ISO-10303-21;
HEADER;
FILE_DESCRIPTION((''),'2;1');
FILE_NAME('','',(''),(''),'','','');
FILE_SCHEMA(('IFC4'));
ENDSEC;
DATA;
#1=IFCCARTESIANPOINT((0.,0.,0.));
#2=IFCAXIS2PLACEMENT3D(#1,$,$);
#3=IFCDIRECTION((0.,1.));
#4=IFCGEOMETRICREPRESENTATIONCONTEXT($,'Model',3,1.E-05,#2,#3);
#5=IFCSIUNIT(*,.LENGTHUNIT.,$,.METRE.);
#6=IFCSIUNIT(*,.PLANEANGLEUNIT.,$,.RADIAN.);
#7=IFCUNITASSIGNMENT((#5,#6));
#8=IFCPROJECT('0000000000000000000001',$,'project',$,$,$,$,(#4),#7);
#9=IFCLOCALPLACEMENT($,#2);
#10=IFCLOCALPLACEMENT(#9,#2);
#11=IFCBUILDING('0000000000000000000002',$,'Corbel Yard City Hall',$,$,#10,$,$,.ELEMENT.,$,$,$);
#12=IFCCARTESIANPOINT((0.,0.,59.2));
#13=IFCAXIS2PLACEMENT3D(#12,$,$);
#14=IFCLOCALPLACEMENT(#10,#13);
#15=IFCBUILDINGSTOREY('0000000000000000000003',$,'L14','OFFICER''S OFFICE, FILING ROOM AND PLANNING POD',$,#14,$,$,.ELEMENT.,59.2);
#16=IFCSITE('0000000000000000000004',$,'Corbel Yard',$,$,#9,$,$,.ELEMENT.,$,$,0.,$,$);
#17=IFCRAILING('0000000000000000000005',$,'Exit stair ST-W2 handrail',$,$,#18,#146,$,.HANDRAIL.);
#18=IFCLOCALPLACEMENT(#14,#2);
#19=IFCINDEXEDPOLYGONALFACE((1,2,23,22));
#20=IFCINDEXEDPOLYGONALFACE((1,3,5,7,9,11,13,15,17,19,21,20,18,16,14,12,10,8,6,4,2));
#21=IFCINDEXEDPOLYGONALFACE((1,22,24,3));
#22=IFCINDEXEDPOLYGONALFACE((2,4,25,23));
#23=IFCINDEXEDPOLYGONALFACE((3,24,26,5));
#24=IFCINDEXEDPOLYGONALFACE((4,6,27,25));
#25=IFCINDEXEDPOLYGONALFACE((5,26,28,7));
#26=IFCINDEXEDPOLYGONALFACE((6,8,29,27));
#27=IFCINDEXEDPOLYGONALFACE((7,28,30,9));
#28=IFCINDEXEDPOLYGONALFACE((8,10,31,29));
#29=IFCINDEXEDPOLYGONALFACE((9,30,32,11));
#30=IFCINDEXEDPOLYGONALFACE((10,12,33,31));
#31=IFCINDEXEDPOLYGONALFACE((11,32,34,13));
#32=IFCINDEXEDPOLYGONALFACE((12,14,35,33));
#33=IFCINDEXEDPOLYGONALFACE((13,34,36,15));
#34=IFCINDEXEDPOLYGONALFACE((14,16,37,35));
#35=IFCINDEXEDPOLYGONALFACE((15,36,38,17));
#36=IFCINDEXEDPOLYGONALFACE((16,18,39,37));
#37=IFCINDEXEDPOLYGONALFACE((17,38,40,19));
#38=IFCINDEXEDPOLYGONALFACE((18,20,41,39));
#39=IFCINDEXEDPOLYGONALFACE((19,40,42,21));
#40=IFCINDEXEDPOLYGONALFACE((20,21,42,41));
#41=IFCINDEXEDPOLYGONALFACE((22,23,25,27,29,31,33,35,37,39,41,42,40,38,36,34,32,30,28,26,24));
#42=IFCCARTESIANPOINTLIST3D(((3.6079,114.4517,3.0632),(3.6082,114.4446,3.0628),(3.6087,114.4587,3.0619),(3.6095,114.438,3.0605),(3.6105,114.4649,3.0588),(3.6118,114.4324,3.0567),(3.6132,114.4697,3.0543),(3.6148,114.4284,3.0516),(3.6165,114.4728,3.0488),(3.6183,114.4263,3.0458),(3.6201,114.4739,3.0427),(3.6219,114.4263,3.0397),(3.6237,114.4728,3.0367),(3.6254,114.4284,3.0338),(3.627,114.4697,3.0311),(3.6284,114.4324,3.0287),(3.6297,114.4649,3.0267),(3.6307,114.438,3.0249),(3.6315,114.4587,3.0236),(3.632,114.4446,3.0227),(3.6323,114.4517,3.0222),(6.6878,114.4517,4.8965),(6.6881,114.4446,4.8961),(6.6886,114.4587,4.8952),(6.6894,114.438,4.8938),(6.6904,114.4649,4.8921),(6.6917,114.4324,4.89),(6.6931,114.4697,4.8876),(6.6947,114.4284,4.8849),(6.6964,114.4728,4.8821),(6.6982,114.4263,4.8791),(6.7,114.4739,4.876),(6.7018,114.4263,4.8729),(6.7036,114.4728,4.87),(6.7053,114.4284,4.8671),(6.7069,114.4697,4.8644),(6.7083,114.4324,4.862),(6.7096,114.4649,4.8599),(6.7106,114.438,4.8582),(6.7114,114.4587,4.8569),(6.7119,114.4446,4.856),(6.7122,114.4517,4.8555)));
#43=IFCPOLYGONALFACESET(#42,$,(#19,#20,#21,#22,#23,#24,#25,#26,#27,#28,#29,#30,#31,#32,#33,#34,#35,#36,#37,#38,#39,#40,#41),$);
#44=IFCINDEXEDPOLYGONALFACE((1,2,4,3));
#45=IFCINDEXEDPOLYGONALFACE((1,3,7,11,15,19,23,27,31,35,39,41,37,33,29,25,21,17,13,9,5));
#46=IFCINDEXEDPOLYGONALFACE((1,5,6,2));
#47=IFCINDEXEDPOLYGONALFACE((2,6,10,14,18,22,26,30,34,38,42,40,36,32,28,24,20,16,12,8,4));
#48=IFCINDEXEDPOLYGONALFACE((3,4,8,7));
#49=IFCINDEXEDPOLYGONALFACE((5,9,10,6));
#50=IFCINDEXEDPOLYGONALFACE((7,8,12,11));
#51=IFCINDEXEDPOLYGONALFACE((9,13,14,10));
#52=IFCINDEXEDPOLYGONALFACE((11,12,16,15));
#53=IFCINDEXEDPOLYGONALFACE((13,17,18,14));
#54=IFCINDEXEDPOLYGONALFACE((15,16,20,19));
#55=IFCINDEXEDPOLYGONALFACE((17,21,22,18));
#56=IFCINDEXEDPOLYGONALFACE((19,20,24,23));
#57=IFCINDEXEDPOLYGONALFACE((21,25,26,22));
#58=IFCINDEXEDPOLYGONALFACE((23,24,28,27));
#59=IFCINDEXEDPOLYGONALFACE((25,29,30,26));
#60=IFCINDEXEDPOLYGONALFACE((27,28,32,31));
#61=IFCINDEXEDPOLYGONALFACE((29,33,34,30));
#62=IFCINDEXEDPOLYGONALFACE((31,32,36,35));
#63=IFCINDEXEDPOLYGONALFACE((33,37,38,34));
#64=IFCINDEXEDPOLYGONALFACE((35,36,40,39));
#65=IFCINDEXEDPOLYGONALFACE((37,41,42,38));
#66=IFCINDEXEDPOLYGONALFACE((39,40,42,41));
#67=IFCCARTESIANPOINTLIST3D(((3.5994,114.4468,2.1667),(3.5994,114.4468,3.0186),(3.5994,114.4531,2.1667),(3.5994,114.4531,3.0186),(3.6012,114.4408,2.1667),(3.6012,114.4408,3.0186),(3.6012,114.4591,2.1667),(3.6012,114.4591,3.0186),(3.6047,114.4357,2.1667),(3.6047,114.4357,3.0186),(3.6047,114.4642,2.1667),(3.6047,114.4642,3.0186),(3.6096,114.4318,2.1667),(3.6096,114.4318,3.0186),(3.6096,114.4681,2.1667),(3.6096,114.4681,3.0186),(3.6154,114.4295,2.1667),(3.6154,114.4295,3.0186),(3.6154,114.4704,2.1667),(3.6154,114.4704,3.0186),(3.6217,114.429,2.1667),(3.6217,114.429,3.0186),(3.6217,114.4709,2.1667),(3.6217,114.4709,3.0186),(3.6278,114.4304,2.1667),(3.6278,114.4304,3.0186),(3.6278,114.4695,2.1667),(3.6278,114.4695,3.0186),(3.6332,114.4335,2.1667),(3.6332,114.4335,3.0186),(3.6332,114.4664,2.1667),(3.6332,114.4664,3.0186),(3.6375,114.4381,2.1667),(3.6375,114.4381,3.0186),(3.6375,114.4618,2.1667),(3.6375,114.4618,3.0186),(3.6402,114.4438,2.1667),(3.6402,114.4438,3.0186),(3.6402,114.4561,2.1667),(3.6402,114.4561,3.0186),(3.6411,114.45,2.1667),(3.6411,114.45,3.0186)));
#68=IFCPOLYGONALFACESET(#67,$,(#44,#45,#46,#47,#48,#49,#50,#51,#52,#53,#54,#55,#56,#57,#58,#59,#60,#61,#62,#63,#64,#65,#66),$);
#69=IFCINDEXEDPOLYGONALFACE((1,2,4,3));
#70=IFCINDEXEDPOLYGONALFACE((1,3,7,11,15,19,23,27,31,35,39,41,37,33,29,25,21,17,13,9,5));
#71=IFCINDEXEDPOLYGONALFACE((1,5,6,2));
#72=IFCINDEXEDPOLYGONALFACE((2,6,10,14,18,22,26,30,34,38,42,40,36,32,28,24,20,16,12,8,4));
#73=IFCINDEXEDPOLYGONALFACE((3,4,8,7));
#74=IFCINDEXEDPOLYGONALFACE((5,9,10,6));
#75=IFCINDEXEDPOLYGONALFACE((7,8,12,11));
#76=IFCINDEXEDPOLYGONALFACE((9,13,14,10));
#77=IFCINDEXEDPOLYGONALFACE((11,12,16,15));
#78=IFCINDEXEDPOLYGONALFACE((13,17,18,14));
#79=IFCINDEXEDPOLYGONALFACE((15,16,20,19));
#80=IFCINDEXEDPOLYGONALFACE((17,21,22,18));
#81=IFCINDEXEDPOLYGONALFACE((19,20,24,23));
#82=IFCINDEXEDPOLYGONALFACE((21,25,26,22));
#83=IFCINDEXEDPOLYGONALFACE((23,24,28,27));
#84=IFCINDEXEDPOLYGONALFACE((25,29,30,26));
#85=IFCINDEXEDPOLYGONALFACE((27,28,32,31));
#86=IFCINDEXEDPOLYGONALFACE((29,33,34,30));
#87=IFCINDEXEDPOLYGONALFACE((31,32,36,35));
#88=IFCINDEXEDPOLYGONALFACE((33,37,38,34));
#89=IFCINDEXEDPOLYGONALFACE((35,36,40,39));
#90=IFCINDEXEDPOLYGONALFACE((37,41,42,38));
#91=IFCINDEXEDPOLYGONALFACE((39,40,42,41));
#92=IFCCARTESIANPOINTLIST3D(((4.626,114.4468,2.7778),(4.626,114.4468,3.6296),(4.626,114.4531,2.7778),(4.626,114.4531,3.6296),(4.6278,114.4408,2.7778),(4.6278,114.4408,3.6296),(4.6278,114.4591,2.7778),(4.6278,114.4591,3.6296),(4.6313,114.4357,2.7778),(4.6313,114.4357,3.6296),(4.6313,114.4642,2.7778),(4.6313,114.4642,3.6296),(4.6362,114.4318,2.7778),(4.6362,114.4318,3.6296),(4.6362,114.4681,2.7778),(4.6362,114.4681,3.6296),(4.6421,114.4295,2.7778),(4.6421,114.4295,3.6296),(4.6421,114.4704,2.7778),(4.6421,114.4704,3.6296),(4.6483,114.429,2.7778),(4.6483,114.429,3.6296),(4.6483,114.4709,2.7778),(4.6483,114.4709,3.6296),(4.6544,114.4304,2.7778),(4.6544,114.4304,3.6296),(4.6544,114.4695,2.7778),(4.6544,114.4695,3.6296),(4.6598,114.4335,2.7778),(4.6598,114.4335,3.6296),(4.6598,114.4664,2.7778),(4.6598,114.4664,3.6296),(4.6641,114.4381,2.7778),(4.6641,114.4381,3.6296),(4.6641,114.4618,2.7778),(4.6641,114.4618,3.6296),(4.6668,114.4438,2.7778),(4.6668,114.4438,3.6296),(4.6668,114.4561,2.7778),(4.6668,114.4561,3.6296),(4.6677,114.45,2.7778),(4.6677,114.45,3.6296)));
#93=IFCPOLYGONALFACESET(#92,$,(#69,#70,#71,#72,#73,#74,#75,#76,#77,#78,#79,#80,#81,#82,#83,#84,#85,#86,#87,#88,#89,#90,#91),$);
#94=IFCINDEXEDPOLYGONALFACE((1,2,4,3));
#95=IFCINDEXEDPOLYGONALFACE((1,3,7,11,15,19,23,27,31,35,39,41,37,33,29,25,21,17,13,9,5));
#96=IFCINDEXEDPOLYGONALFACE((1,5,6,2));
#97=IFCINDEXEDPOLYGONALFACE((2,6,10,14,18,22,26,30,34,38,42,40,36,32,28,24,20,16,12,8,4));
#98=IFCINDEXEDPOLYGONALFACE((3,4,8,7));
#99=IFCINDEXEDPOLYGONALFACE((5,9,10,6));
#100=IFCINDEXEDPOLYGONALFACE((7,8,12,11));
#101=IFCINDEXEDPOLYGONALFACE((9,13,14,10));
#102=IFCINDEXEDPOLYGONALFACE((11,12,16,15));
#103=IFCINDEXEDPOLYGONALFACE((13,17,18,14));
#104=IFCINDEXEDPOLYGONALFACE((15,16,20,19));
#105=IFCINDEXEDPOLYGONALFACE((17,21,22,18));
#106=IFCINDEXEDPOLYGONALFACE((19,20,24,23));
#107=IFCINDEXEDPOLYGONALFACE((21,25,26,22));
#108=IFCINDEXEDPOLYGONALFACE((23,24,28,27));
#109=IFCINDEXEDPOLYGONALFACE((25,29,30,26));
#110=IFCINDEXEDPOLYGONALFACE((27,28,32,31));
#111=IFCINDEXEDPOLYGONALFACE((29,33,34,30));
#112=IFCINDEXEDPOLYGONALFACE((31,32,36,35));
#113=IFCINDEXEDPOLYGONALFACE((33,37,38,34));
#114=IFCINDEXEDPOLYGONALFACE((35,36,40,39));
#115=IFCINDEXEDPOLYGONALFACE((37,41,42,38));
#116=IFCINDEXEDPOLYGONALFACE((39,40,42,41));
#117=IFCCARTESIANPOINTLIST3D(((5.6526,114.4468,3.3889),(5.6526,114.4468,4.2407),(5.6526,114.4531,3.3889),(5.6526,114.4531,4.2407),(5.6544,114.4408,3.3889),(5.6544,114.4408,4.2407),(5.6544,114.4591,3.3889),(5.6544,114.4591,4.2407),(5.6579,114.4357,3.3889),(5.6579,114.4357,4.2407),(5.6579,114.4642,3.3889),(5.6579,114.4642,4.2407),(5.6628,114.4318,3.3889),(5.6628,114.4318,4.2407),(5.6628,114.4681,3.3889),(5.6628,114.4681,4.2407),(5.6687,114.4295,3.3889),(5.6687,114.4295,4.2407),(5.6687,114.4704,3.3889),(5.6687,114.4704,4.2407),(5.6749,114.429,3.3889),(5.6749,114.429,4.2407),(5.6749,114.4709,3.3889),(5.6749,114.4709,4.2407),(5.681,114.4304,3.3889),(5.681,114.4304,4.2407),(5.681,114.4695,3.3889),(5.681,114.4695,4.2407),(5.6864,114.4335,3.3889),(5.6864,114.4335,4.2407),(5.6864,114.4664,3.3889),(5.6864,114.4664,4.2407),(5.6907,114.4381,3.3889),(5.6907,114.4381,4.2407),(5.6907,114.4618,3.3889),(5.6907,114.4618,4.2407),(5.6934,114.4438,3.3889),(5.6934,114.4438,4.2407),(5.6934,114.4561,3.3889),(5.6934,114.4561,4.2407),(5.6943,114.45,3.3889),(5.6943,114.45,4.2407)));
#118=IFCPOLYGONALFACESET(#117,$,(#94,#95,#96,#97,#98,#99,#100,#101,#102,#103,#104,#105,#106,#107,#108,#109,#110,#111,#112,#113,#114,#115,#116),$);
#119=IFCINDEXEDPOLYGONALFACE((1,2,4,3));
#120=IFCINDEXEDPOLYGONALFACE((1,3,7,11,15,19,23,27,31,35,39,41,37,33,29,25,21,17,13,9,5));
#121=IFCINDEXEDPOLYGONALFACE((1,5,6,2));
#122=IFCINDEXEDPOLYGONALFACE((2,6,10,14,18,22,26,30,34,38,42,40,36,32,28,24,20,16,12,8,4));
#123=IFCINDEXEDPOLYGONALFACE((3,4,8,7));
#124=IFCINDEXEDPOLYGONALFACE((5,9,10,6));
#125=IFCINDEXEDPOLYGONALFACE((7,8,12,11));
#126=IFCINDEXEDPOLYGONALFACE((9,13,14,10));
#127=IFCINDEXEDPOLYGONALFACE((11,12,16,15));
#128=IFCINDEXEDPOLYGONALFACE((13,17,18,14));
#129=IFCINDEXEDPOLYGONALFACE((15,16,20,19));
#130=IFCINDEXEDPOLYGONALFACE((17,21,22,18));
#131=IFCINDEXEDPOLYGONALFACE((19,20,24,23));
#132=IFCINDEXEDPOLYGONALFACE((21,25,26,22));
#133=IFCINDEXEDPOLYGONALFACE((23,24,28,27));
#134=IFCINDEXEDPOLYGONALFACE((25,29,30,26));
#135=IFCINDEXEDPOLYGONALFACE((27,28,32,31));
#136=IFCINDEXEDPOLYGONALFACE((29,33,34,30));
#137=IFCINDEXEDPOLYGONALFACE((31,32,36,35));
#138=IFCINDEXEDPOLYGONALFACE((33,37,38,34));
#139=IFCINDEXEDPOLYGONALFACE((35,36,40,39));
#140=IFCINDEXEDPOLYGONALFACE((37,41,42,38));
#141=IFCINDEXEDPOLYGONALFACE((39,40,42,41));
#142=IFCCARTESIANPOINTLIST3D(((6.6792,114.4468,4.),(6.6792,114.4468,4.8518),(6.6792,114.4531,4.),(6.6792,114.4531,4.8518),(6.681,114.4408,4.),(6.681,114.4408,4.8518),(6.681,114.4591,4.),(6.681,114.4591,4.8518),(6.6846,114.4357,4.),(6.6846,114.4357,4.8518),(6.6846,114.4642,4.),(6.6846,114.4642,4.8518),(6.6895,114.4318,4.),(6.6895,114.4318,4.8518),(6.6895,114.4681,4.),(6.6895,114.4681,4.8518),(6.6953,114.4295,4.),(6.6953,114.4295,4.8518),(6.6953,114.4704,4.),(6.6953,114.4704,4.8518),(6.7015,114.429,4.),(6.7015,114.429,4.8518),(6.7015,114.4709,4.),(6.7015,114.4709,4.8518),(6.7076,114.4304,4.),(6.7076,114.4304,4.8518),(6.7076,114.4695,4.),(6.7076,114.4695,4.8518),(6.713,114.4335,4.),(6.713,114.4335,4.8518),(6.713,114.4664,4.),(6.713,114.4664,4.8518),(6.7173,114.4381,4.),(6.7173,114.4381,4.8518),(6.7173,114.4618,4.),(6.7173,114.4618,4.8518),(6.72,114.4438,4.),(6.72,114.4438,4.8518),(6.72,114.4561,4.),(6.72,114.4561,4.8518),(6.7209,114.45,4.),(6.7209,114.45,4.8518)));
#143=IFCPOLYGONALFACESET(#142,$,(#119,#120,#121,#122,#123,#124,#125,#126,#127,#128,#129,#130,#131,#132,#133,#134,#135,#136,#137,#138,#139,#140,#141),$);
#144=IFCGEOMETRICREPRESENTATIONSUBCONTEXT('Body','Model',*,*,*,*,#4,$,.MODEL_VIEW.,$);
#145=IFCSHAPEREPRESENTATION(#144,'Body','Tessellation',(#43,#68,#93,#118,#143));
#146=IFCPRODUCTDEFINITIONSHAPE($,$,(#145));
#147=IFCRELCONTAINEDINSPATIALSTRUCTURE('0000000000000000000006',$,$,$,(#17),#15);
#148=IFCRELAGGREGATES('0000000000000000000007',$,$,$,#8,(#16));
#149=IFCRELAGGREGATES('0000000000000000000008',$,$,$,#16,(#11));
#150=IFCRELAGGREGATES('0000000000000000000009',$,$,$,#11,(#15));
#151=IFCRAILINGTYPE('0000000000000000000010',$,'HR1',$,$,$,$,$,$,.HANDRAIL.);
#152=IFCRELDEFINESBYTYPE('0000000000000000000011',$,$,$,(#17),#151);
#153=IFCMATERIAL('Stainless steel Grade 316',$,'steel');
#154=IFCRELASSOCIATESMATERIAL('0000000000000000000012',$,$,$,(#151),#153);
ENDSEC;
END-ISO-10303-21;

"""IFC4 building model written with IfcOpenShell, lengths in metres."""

from ifc_helpers import new_model, si_unit, direction, frame, origin, origin_2d, place, context, subcontext, project, spatial, circle, extrude, material, type_object, element, save


model = new_model("IFC4")

# Units and contexts
model_context = context("Model", 3, precision=1e-05, world=origin(), true_north=direction((0.0, 1.0)))
body_context = subcontext(model_context, "Body", "Model", "MODEL_VIEW")
ifc_project = project(units=[si_unit("LENGTHUNIT", "METRE"), si_unit("PLANEANGLEUNIT", "RADIAN")], contexts=[model_context])

# Site, building, storey
site_placement = place(None, origin())
site = spatial("IfcSite", under=ifc_project, at=site_placement, Name="Corbel Yard", CompositionType="ELEMENT", RefElevation=0.0)
building_placement = place(site_placement, origin())
building = spatial("IfcBuilding", under=site, at=building_placement, Name="Corbel Yard City Hall", CompositionType="ELEMENT")
storey_placement = place(building_placement, frame((0.0, 0.0, 59.2)))
storey = spatial("IfcBuildingStorey", under=building, at=storey_placement, Name="L14", Description="OFFICER'S OFFICE, FILING ROOM AND PLANNING POD", CompositionType="ELEMENT", Elevation=59.2)

# Shared definitions
ifc_material_1 = material(Name="Stainless steel Grade 316", Category="steel")

# Railing
railing_type = type_object("IfcRailingType", Name="HR1", PredefinedType="HANDRAIL", material=ifc_material_1)
for number, where, name in (
    (1, (3.6201, 114.45, 2.1667), "Exit stair ST-W2 handrail"),
):
    element("IfcRailing", number, at=place(storey_placement, frame(where)), inside=storey, type_object=railing_type, Name=name, PredefinedType="HANDRAIL", context=body_context, shape_type="SweptSolid", body=[
        extrude(circle(Radius=0.0239, at=origin_2d()), frame((0.0, 0.0, 0.876), z_axis=(0.859291, 0.0, 0.511487), x_axis=(0.0, 1.0, 0.0)), (0.0, 0.0, 1.0), 3.5842),
        extrude(circle(Radius=0.021, at=origin_2d()), origin(), (0.0, 0.0, 1.0), 0.8518),
        extrude(circle(Radius=0.021, at=origin_2d()), frame((1.0266, 0.0, 0.6111)), (0.0, 0.0, 1.0), 0.8518),
        extrude(circle(Radius=0.021, at=origin_2d()), frame((2.0532, 0.0, 1.2222)), (0.0, 0.0, 1.0), 0.8518),
        extrude(circle(Radius=0.021, at=origin_2d()), frame((3.0798, 0.0, 1.8333)), (0.0, 0.0, 1.0), 0.8518),
    ])

save(model, "model.ifc")
